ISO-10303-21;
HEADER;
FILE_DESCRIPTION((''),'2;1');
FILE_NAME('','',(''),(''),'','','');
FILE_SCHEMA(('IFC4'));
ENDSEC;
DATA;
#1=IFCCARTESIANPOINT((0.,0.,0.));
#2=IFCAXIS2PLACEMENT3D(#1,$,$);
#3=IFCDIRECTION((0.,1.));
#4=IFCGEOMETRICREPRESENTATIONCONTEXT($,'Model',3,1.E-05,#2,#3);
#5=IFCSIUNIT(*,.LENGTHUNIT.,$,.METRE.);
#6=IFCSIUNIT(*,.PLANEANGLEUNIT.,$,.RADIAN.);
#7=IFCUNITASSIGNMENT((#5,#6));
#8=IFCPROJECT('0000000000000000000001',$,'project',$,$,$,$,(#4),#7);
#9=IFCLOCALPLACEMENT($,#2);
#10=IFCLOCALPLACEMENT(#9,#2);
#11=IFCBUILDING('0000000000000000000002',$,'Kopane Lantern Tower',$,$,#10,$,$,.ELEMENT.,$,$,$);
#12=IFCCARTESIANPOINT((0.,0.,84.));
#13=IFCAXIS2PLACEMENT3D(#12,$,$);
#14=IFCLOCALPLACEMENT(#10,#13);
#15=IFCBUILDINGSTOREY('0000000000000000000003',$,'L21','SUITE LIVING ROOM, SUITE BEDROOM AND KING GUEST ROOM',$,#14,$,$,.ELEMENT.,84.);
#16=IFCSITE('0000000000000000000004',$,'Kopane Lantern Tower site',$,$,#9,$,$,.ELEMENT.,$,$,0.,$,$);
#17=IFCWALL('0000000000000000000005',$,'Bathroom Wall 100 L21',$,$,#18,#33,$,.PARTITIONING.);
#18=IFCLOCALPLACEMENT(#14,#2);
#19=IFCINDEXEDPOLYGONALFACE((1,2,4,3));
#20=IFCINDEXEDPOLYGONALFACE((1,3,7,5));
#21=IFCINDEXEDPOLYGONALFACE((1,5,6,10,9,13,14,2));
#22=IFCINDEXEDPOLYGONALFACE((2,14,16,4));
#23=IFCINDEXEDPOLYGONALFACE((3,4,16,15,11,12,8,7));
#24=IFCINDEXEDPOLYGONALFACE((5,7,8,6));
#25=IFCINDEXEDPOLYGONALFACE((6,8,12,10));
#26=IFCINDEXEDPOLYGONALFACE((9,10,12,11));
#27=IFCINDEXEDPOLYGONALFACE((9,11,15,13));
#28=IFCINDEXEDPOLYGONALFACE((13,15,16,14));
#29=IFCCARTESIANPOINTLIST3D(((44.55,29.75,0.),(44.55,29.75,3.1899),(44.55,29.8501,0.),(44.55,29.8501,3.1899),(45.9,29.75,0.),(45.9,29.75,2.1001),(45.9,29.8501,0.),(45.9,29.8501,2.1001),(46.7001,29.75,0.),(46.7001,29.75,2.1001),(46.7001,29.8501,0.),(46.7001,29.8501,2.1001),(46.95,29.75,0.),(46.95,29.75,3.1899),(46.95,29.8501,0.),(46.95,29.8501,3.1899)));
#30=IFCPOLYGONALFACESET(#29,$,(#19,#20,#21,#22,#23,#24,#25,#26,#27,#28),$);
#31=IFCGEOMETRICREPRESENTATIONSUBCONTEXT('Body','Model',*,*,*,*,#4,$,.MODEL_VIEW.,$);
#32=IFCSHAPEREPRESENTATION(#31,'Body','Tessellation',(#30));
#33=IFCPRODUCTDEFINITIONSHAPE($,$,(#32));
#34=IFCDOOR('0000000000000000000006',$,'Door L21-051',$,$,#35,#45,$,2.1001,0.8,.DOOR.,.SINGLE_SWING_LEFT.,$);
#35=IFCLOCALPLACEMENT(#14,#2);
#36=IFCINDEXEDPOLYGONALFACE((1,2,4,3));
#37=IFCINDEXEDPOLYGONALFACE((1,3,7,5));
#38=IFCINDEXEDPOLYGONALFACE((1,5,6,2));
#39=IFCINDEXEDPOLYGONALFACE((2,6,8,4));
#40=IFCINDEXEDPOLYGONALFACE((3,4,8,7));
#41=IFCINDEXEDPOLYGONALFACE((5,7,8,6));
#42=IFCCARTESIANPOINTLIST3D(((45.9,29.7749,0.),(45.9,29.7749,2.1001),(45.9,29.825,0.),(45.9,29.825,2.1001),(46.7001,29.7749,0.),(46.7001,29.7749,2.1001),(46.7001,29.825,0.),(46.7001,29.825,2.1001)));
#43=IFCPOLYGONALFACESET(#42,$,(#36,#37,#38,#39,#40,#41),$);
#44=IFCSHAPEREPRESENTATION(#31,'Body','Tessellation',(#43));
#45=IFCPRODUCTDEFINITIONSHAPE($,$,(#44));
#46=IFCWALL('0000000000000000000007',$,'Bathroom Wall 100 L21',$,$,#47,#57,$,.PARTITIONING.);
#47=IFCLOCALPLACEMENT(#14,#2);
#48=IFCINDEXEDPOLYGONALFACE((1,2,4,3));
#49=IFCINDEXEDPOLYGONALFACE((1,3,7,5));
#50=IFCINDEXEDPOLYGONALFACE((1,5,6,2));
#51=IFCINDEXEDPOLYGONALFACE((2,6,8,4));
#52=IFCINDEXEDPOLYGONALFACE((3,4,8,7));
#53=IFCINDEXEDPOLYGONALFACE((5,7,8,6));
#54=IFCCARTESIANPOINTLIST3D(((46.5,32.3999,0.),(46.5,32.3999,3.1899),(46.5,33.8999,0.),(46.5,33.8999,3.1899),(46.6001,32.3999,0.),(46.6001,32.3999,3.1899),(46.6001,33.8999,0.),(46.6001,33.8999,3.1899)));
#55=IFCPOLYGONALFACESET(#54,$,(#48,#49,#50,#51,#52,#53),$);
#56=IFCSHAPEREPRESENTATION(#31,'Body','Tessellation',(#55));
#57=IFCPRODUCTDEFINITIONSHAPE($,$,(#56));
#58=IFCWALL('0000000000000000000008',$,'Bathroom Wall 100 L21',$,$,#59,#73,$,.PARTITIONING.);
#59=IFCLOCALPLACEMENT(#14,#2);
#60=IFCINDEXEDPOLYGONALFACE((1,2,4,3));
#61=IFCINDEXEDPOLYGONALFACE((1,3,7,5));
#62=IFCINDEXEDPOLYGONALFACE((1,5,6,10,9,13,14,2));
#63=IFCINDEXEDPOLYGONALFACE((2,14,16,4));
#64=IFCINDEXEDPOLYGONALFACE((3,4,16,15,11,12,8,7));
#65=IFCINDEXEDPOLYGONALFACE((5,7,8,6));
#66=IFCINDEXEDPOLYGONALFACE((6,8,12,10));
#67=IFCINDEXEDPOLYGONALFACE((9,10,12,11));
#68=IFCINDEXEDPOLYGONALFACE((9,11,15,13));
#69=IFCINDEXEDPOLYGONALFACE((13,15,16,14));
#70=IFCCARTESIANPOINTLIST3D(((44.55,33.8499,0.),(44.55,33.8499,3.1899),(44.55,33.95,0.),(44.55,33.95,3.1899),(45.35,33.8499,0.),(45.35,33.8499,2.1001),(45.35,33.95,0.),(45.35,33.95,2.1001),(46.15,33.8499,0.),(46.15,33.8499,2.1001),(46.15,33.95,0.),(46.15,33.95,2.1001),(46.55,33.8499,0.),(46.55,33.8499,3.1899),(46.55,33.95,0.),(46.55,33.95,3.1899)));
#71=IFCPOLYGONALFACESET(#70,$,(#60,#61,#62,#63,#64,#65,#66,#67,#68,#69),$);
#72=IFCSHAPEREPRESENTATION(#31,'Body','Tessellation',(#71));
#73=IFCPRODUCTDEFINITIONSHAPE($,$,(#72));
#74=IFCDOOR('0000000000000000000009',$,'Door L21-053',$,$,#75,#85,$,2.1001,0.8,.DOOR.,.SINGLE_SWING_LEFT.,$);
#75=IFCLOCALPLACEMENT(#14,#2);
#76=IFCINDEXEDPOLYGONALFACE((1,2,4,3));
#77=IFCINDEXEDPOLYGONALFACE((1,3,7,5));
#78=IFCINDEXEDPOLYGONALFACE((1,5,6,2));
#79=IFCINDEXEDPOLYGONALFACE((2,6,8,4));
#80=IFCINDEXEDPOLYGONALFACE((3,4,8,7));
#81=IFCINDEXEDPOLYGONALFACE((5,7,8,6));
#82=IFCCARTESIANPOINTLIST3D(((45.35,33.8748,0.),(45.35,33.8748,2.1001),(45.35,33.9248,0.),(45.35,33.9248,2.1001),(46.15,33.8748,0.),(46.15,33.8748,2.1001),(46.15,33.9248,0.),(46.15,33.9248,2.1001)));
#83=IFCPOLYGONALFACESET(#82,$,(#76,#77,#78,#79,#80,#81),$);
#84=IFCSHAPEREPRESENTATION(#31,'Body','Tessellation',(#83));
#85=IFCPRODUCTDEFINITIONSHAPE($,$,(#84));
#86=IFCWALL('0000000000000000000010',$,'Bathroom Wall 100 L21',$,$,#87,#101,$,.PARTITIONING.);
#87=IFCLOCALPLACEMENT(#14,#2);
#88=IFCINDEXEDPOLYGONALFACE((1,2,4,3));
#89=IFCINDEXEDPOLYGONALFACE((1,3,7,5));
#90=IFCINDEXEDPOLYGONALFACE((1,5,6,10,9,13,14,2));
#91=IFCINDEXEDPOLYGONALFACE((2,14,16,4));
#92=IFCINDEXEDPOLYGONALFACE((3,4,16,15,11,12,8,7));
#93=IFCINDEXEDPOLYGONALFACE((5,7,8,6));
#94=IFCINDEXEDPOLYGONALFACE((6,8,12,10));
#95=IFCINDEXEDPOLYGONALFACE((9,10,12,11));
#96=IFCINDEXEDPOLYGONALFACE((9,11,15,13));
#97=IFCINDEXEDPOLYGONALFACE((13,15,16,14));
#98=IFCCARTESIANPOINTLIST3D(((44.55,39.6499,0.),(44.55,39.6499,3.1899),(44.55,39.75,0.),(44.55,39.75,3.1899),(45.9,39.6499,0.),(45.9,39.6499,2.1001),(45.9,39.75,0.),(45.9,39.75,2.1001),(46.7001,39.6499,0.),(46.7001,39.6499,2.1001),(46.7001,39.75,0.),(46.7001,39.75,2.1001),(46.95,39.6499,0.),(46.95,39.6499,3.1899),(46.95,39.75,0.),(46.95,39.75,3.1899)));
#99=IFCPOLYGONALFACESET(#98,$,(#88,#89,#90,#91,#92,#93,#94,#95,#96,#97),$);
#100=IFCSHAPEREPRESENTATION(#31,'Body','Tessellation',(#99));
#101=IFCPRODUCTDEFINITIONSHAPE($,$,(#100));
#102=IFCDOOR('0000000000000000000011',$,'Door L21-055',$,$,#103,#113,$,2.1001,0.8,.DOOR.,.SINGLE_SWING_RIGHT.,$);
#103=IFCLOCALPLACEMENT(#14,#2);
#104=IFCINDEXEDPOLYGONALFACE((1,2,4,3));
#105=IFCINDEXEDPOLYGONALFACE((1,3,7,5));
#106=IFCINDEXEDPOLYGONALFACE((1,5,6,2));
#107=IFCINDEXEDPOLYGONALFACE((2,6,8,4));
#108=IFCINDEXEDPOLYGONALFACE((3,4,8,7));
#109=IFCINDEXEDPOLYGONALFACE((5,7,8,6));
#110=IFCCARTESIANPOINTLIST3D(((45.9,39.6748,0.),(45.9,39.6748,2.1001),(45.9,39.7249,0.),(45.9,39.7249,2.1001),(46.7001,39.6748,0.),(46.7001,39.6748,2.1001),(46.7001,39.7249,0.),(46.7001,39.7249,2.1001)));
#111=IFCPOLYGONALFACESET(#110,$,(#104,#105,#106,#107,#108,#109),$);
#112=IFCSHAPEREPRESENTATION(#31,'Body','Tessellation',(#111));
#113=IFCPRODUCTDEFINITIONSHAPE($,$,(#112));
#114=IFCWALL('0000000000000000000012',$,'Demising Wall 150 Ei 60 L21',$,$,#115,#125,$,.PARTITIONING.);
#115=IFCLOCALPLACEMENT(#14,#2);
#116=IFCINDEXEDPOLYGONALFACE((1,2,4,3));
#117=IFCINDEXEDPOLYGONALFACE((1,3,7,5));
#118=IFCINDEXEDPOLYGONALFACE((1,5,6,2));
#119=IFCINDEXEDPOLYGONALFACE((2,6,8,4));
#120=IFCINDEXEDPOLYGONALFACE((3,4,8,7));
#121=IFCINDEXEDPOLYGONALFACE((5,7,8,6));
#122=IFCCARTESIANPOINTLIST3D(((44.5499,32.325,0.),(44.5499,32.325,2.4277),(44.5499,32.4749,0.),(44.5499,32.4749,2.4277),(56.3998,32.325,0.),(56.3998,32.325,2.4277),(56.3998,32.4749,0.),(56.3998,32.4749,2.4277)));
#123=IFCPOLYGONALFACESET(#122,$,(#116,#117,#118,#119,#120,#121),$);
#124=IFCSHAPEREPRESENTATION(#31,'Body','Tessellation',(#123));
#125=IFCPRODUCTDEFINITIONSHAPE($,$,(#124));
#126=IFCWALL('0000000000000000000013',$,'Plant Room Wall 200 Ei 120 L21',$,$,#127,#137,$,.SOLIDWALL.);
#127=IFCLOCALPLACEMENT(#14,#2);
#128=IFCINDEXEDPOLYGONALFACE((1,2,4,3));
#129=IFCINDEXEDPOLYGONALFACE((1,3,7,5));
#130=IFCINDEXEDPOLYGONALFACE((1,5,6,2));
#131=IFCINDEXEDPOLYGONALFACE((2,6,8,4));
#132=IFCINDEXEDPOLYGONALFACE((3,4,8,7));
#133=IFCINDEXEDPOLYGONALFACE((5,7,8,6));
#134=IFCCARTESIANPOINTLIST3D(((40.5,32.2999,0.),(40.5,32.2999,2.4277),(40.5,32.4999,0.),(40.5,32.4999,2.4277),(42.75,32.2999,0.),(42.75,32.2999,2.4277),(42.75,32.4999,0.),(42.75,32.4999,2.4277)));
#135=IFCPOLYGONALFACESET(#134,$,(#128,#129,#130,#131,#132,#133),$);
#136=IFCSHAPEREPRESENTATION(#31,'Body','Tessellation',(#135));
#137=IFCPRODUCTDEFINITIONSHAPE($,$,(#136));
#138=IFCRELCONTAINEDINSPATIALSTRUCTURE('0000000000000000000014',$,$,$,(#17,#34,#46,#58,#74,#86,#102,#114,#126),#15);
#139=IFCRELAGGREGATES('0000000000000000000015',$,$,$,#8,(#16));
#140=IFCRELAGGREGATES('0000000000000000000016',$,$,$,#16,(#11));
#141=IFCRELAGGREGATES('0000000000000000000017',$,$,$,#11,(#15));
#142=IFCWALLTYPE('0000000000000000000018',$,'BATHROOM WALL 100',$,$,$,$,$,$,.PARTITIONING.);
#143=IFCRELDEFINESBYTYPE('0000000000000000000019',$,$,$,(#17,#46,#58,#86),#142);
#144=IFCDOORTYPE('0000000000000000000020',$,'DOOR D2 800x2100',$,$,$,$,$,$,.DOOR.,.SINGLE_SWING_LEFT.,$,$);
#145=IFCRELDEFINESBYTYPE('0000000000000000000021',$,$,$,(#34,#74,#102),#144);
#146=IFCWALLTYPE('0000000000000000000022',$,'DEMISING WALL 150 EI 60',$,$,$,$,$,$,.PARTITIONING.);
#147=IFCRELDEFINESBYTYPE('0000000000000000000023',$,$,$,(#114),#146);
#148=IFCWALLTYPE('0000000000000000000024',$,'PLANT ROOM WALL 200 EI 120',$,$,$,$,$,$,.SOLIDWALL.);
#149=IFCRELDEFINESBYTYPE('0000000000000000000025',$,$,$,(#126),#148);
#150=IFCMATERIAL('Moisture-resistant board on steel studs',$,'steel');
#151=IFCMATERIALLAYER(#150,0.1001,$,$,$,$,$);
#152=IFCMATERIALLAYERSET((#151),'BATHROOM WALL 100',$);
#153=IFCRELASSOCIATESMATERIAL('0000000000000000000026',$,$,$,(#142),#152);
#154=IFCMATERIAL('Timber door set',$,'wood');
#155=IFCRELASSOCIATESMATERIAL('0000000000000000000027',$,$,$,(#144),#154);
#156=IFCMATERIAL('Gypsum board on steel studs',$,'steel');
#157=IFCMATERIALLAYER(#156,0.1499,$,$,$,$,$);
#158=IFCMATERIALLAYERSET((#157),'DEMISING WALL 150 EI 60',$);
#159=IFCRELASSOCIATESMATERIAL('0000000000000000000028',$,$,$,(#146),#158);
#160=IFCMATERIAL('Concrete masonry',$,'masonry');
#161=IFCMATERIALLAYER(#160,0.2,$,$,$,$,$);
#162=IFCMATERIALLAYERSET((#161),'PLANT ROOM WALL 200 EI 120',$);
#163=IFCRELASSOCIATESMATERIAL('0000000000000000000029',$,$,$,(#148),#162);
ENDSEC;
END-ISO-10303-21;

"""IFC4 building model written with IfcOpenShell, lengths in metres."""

from ifc_helpers import new_model, si_unit, direction, frame, frame_2d, origin, place, context, subcontext, project, spatial, rectangle, extrude, material, layer, layer_set, type_object, element, fill, save


model = new_model("IFC4")

# Units and contexts
model_context = context("Model", 3, precision=1e-05, world=origin(), true_north=direction((0.0, 1.0)))
body_context = subcontext(model_context, "Body", "Model", "MODEL_VIEW")
ifc_project = project(units=[si_unit("LENGTHUNIT", "METRE"), si_unit("PLANEANGLEUNIT", "RADIAN")], contexts=[model_context])

# Site, building, storey
site_placement = place(None, origin())
site = spatial("IfcSite", under=ifc_project, at=site_placement, Name="Kopane Lantern Tower site", CompositionType="ELEMENT", RefElevation=0.0)
building_placement = place(site_placement, origin())
building = spatial("IfcBuilding", under=site, at=building_placement, Name="Kopane Lantern Tower", CompositionType="ELEMENT")
storey_placement = place(building_placement, frame((0.0, 0.0, 84.0)))
storey = spatial("IfcBuildingStorey", under=building, at=storey_placement, Name="L21", Description="SUITE LIVING ROOM, SUITE BEDROOM AND KING GUEST ROOM", CompositionType="ELEMENT", Elevation=84.0)

# Wall, opening, door
ifc_material_1 = material(Name="Moisture-resistant board on steel studs", Category="steel")
ifc_layer_1 = layer(ifc_material_1, 0.1001)
ifc_layer_set_1 = layer_set([ifc_layer_1], Name="BATHROOM WALL 100")
wall_type_1 = type_object("IfcWallType", Name="BATHROOM WALL 100", PredefinedType="PARTITIONING", material=ifc_layer_set_1)
ifc_material_2 = material(Name="Timber door set", Category="wood")
door_type_1 = type_object("IfcDoorType", Name="DOOR D2 800x2100", OperationType="SINGLE_SWING_LEFT", PredefinedType="DOOR", material=ifc_material_2)
wall_1_placement = place(storey_placement, frame((44.55, 29.8, 0.0), z_axis=(0.0, 0.0, 1.0), x_axis=(1.0, 0.0, 0.0)))
wall_1 = element("IfcWall", 1, at=wall_1_placement, inside=storey, type_object=wall_type_1, Name="Bathroom Wall 100 L21", PredefinedType="PARTITIONING", context=body_context, shape_type="SweptSolid", body=[
    extrude(rectangle(XDim=2.3999, YDim=0.1001, at=frame_2d((1.2, 0.0))), origin(), (0.0, 0.0, 1.0), 3.1899),
])
opening_1_placement = place(wall_1_placement, frame((1.3501, 0.0, 0.0)))
opening_1 = element("IfcOpeningElement", 2, at=opening_1_placement, cuts=wall_1, PredefinedType="OPENING", context=body_context, shape_type="SweptSolid", body=[
    extrude(rectangle(XDim=0.8, YDim=2.1001, at=frame_2d((0.3999, 1.05))), frame((0.0, 0.0601, 0.0), z_axis=(0.0, -1.0, 0.0), x_axis=(1.0, 0.0, 0.0)), (0.0, 0.0, 1.0), 0.1201),
])
door_1_placement = place(opening_1_placement, origin())
door_1 = element("IfcDoor", 3, at=door_1_placement, inside=storey, type_object=door_type_1, Name="Door L21-051", OperationType="SINGLE_SWING_LEFT", OverallHeight=2.1001, OverallWidth=0.8, PredefinedType="DOOR", context=body_context, shape_type="SweptSolid", body=[
    extrude(rectangle(XDim=0.8, YDim=2.1001, at=frame_2d((0.3999, 1.05))), frame((0.0, 0.0249, 0.0), z_axis=(0.0, -1.0, 0.0), x_axis=(1.0, 0.0, 0.0)), (0.0, 0.0, 1.0), 0.05),
])
fill(opening_1, door_1)

# Wall
wall_2_placement = place(storey_placement, frame((46.55, 32.3999, 0.0), z_axis=(0.0, 0.0, 1.0), x_axis=(0.0, 1.0, 0.0)))
element("IfcWall", 4, at=wall_2_placement, inside=storey, type_object=wall_type_1, Name="Bathroom Wall 100 L21", PredefinedType="PARTITIONING", context=body_context, shape_type="SweptSolid", body=[
    extrude(rectangle(XDim=1.5, YDim=0.1001, at=frame_2d((0.75, 0.0))), origin(), (0.0, 0.0, 1.0), 3.1899),
])

# Walls, openings, doors
wall_3_placement = place(storey_placement, frame((44.55, 33.8999, 0.0), z_axis=(0.0, 0.0, 1.0), x_axis=(1.0, 0.0, 0.0)))
wall_3 = element("IfcWall", 5, at=wall_3_placement, inside=storey, type_object=wall_type_1, Name="Bathroom Wall 100 L21", PredefinedType="PARTITIONING", context=body_context, shape_type="SweptSolid", body=[
    extrude(rectangle(XDim=2.0, YDim=0.1001, at=frame_2d((1.0, 0.0))), origin(), (0.0, 0.0, 1.0), 3.1899),
])
opening_2_placement = place(wall_3_placement, frame((0.8, 0.0, 0.0)))
opening_2 = element("IfcOpeningElement", 6, at=opening_2_placement, cuts=wall_3, PredefinedType="OPENING", context=body_context, shape_type="SweptSolid", body=[
    extrude(rectangle(XDim=0.8, YDim=2.1001, at=frame_2d((0.3999, 1.05))), frame((0.0, 0.0601, 0.0), z_axis=(0.0, -1.0, 0.0), x_axis=(1.0, 0.0, 0.0)), (0.0, 0.0, 1.0), 0.1201),
])
door_2_placement = place(opening_2_placement, origin())
door_2 = element("IfcDoor", 7, at=door_2_placement, inside=storey, type_object=door_type_1, Name="Door L21-053", OperationType="SINGLE_SWING_LEFT", OverallHeight=2.1001, OverallWidth=0.8, PredefinedType="DOOR", context=body_context, shape_type="SweptSolid", body=[
    extrude(rectangle(XDim=0.8, YDim=2.1001, at=frame_2d((0.3999, 1.05))), frame((0.0, 0.0249, 0.0), z_axis=(0.0, -1.0, 0.0), x_axis=(1.0, 0.0, 0.0)), (0.0, 0.0, 1.0), 0.05),
])
fill(opening_2, door_2)
wall_4_placement = place(storey_placement, frame((44.55, 39.7, 0.0), z_axis=(0.0, 0.0, 1.0), x_axis=(1.0, 0.0, 0.0)))
wall_4 = element("IfcWall", 8, at=wall_4_placement, inside=storey, type_object=wall_type_1, Name="Bathroom Wall 100 L21", PredefinedType="PARTITIONING", context=body_context, shape_type="SweptSolid", body=[
    extrude(rectangle(XDim=2.3999, YDim=0.1001, at=frame_2d((1.2, 0.0))), origin(), (0.0, 0.0, 1.0), 3.1899),
])
opening_3_placement = place(wall_4_placement, frame((1.3501, 0.0, 0.0)))
opening_3 = element("IfcOpeningElement", 9, at=opening_3_placement, cuts=wall_4, PredefinedType="OPENING", context=body_context, shape_type="SweptSolid", body=[
    extrude(rectangle(XDim=0.8, YDim=2.1001, at=frame_2d((0.3999, 1.05))), frame((0.0, 0.0601, 0.0), z_axis=(0.0, -1.0, 0.0), x_axis=(1.0, 0.0, 0.0)), (0.0, 0.0, 1.0), 0.1201),
])
door_3_placement = place(opening_3_placement, origin())
door_3 = element("IfcDoor", 10, at=door_3_placement, inside=storey, type_object=door_type_1, Name="Door L21-055", OperationType="SINGLE_SWING_RIGHT", OverallHeight=2.1001, OverallWidth=0.8, PredefinedType="DOOR", context=body_context, shape_type="SweptSolid", body=[
    extrude(rectangle(XDim=0.8, YDim=2.1001, at=frame_2d((0.3999, 1.05))), frame((0.0, 0.0249, 0.0), z_axis=(0.0, -1.0, 0.0), x_axis=(1.0, 0.0, 0.0)), (0.0, 0.0, 1.0), 0.05),
])
fill(opening_3, door_3)

# Walls
ifc_material_3 = material(Name="Gypsum board on steel studs", Category="steel")
ifc_layer_2 = layer(ifc_material_3, 0.1499)
ifc_layer_set_2 = layer_set([ifc_layer_2], Name="DEMISING WALL 150 EI 60")
wall_type_2 = type_object("IfcWallType", Name="DEMISING WALL 150 EI 60", PredefinedType="PARTITIONING", material=ifc_layer_set_2)
wall_5_placement = place(storey_placement, frame((44.55, 32.3999, 0.0), z_axis=(0.0, 0.0, 1.0), x_axis=(1.0, 0.0, 0.0)))
element("IfcWall", 11, at=wall_5_placement, inside=storey, type_object=wall_type_2, Name="Demising Wall 150 Ei 60 L21", PredefinedType="PARTITIONING", context=body_context, shape_type="SweptSolid", body=[
    extrude(rectangle(XDim=11.8499, YDim=0.1499, at=frame_2d((5.9248, 0.0))), origin(), (0.0, 0.0, 1.0), 2.4277),
])
ifc_material_4 = material(Name="Concrete masonry", Category="masonry")
ifc_layer_3 = layer(ifc_material_4, 0.2)
ifc_layer_set_3 = layer_set([ifc_layer_3], Name="PLANT ROOM WALL 200 EI 120")
wall_type_3 = type_object("IfcWallType", Name="PLANT ROOM WALL 200 EI 120", PredefinedType="SOLIDWALL", material=ifc_layer_set_3)
wall_6_placement = place(storey_placement, frame((40.5, 32.3999, 0.0), z_axis=(0.0, 0.0, 1.0), x_axis=(1.0, 0.0, 0.0)))
element("IfcWall", 12, at=wall_6_placement, inside=storey, type_object=wall_type_3, Name="Plant Room Wall 200 Ei 120 L21", PredefinedType="SOLIDWALL", context=body_context, shape_type="SweptSolid", body=[
    extrude(rectangle(XDim=2.25, YDim=0.2, at=frame_2d((1.125, 0.0))), origin(), (0.0, 0.0, 1.0), 2.4277),
])

save(model, "model.ifc")
